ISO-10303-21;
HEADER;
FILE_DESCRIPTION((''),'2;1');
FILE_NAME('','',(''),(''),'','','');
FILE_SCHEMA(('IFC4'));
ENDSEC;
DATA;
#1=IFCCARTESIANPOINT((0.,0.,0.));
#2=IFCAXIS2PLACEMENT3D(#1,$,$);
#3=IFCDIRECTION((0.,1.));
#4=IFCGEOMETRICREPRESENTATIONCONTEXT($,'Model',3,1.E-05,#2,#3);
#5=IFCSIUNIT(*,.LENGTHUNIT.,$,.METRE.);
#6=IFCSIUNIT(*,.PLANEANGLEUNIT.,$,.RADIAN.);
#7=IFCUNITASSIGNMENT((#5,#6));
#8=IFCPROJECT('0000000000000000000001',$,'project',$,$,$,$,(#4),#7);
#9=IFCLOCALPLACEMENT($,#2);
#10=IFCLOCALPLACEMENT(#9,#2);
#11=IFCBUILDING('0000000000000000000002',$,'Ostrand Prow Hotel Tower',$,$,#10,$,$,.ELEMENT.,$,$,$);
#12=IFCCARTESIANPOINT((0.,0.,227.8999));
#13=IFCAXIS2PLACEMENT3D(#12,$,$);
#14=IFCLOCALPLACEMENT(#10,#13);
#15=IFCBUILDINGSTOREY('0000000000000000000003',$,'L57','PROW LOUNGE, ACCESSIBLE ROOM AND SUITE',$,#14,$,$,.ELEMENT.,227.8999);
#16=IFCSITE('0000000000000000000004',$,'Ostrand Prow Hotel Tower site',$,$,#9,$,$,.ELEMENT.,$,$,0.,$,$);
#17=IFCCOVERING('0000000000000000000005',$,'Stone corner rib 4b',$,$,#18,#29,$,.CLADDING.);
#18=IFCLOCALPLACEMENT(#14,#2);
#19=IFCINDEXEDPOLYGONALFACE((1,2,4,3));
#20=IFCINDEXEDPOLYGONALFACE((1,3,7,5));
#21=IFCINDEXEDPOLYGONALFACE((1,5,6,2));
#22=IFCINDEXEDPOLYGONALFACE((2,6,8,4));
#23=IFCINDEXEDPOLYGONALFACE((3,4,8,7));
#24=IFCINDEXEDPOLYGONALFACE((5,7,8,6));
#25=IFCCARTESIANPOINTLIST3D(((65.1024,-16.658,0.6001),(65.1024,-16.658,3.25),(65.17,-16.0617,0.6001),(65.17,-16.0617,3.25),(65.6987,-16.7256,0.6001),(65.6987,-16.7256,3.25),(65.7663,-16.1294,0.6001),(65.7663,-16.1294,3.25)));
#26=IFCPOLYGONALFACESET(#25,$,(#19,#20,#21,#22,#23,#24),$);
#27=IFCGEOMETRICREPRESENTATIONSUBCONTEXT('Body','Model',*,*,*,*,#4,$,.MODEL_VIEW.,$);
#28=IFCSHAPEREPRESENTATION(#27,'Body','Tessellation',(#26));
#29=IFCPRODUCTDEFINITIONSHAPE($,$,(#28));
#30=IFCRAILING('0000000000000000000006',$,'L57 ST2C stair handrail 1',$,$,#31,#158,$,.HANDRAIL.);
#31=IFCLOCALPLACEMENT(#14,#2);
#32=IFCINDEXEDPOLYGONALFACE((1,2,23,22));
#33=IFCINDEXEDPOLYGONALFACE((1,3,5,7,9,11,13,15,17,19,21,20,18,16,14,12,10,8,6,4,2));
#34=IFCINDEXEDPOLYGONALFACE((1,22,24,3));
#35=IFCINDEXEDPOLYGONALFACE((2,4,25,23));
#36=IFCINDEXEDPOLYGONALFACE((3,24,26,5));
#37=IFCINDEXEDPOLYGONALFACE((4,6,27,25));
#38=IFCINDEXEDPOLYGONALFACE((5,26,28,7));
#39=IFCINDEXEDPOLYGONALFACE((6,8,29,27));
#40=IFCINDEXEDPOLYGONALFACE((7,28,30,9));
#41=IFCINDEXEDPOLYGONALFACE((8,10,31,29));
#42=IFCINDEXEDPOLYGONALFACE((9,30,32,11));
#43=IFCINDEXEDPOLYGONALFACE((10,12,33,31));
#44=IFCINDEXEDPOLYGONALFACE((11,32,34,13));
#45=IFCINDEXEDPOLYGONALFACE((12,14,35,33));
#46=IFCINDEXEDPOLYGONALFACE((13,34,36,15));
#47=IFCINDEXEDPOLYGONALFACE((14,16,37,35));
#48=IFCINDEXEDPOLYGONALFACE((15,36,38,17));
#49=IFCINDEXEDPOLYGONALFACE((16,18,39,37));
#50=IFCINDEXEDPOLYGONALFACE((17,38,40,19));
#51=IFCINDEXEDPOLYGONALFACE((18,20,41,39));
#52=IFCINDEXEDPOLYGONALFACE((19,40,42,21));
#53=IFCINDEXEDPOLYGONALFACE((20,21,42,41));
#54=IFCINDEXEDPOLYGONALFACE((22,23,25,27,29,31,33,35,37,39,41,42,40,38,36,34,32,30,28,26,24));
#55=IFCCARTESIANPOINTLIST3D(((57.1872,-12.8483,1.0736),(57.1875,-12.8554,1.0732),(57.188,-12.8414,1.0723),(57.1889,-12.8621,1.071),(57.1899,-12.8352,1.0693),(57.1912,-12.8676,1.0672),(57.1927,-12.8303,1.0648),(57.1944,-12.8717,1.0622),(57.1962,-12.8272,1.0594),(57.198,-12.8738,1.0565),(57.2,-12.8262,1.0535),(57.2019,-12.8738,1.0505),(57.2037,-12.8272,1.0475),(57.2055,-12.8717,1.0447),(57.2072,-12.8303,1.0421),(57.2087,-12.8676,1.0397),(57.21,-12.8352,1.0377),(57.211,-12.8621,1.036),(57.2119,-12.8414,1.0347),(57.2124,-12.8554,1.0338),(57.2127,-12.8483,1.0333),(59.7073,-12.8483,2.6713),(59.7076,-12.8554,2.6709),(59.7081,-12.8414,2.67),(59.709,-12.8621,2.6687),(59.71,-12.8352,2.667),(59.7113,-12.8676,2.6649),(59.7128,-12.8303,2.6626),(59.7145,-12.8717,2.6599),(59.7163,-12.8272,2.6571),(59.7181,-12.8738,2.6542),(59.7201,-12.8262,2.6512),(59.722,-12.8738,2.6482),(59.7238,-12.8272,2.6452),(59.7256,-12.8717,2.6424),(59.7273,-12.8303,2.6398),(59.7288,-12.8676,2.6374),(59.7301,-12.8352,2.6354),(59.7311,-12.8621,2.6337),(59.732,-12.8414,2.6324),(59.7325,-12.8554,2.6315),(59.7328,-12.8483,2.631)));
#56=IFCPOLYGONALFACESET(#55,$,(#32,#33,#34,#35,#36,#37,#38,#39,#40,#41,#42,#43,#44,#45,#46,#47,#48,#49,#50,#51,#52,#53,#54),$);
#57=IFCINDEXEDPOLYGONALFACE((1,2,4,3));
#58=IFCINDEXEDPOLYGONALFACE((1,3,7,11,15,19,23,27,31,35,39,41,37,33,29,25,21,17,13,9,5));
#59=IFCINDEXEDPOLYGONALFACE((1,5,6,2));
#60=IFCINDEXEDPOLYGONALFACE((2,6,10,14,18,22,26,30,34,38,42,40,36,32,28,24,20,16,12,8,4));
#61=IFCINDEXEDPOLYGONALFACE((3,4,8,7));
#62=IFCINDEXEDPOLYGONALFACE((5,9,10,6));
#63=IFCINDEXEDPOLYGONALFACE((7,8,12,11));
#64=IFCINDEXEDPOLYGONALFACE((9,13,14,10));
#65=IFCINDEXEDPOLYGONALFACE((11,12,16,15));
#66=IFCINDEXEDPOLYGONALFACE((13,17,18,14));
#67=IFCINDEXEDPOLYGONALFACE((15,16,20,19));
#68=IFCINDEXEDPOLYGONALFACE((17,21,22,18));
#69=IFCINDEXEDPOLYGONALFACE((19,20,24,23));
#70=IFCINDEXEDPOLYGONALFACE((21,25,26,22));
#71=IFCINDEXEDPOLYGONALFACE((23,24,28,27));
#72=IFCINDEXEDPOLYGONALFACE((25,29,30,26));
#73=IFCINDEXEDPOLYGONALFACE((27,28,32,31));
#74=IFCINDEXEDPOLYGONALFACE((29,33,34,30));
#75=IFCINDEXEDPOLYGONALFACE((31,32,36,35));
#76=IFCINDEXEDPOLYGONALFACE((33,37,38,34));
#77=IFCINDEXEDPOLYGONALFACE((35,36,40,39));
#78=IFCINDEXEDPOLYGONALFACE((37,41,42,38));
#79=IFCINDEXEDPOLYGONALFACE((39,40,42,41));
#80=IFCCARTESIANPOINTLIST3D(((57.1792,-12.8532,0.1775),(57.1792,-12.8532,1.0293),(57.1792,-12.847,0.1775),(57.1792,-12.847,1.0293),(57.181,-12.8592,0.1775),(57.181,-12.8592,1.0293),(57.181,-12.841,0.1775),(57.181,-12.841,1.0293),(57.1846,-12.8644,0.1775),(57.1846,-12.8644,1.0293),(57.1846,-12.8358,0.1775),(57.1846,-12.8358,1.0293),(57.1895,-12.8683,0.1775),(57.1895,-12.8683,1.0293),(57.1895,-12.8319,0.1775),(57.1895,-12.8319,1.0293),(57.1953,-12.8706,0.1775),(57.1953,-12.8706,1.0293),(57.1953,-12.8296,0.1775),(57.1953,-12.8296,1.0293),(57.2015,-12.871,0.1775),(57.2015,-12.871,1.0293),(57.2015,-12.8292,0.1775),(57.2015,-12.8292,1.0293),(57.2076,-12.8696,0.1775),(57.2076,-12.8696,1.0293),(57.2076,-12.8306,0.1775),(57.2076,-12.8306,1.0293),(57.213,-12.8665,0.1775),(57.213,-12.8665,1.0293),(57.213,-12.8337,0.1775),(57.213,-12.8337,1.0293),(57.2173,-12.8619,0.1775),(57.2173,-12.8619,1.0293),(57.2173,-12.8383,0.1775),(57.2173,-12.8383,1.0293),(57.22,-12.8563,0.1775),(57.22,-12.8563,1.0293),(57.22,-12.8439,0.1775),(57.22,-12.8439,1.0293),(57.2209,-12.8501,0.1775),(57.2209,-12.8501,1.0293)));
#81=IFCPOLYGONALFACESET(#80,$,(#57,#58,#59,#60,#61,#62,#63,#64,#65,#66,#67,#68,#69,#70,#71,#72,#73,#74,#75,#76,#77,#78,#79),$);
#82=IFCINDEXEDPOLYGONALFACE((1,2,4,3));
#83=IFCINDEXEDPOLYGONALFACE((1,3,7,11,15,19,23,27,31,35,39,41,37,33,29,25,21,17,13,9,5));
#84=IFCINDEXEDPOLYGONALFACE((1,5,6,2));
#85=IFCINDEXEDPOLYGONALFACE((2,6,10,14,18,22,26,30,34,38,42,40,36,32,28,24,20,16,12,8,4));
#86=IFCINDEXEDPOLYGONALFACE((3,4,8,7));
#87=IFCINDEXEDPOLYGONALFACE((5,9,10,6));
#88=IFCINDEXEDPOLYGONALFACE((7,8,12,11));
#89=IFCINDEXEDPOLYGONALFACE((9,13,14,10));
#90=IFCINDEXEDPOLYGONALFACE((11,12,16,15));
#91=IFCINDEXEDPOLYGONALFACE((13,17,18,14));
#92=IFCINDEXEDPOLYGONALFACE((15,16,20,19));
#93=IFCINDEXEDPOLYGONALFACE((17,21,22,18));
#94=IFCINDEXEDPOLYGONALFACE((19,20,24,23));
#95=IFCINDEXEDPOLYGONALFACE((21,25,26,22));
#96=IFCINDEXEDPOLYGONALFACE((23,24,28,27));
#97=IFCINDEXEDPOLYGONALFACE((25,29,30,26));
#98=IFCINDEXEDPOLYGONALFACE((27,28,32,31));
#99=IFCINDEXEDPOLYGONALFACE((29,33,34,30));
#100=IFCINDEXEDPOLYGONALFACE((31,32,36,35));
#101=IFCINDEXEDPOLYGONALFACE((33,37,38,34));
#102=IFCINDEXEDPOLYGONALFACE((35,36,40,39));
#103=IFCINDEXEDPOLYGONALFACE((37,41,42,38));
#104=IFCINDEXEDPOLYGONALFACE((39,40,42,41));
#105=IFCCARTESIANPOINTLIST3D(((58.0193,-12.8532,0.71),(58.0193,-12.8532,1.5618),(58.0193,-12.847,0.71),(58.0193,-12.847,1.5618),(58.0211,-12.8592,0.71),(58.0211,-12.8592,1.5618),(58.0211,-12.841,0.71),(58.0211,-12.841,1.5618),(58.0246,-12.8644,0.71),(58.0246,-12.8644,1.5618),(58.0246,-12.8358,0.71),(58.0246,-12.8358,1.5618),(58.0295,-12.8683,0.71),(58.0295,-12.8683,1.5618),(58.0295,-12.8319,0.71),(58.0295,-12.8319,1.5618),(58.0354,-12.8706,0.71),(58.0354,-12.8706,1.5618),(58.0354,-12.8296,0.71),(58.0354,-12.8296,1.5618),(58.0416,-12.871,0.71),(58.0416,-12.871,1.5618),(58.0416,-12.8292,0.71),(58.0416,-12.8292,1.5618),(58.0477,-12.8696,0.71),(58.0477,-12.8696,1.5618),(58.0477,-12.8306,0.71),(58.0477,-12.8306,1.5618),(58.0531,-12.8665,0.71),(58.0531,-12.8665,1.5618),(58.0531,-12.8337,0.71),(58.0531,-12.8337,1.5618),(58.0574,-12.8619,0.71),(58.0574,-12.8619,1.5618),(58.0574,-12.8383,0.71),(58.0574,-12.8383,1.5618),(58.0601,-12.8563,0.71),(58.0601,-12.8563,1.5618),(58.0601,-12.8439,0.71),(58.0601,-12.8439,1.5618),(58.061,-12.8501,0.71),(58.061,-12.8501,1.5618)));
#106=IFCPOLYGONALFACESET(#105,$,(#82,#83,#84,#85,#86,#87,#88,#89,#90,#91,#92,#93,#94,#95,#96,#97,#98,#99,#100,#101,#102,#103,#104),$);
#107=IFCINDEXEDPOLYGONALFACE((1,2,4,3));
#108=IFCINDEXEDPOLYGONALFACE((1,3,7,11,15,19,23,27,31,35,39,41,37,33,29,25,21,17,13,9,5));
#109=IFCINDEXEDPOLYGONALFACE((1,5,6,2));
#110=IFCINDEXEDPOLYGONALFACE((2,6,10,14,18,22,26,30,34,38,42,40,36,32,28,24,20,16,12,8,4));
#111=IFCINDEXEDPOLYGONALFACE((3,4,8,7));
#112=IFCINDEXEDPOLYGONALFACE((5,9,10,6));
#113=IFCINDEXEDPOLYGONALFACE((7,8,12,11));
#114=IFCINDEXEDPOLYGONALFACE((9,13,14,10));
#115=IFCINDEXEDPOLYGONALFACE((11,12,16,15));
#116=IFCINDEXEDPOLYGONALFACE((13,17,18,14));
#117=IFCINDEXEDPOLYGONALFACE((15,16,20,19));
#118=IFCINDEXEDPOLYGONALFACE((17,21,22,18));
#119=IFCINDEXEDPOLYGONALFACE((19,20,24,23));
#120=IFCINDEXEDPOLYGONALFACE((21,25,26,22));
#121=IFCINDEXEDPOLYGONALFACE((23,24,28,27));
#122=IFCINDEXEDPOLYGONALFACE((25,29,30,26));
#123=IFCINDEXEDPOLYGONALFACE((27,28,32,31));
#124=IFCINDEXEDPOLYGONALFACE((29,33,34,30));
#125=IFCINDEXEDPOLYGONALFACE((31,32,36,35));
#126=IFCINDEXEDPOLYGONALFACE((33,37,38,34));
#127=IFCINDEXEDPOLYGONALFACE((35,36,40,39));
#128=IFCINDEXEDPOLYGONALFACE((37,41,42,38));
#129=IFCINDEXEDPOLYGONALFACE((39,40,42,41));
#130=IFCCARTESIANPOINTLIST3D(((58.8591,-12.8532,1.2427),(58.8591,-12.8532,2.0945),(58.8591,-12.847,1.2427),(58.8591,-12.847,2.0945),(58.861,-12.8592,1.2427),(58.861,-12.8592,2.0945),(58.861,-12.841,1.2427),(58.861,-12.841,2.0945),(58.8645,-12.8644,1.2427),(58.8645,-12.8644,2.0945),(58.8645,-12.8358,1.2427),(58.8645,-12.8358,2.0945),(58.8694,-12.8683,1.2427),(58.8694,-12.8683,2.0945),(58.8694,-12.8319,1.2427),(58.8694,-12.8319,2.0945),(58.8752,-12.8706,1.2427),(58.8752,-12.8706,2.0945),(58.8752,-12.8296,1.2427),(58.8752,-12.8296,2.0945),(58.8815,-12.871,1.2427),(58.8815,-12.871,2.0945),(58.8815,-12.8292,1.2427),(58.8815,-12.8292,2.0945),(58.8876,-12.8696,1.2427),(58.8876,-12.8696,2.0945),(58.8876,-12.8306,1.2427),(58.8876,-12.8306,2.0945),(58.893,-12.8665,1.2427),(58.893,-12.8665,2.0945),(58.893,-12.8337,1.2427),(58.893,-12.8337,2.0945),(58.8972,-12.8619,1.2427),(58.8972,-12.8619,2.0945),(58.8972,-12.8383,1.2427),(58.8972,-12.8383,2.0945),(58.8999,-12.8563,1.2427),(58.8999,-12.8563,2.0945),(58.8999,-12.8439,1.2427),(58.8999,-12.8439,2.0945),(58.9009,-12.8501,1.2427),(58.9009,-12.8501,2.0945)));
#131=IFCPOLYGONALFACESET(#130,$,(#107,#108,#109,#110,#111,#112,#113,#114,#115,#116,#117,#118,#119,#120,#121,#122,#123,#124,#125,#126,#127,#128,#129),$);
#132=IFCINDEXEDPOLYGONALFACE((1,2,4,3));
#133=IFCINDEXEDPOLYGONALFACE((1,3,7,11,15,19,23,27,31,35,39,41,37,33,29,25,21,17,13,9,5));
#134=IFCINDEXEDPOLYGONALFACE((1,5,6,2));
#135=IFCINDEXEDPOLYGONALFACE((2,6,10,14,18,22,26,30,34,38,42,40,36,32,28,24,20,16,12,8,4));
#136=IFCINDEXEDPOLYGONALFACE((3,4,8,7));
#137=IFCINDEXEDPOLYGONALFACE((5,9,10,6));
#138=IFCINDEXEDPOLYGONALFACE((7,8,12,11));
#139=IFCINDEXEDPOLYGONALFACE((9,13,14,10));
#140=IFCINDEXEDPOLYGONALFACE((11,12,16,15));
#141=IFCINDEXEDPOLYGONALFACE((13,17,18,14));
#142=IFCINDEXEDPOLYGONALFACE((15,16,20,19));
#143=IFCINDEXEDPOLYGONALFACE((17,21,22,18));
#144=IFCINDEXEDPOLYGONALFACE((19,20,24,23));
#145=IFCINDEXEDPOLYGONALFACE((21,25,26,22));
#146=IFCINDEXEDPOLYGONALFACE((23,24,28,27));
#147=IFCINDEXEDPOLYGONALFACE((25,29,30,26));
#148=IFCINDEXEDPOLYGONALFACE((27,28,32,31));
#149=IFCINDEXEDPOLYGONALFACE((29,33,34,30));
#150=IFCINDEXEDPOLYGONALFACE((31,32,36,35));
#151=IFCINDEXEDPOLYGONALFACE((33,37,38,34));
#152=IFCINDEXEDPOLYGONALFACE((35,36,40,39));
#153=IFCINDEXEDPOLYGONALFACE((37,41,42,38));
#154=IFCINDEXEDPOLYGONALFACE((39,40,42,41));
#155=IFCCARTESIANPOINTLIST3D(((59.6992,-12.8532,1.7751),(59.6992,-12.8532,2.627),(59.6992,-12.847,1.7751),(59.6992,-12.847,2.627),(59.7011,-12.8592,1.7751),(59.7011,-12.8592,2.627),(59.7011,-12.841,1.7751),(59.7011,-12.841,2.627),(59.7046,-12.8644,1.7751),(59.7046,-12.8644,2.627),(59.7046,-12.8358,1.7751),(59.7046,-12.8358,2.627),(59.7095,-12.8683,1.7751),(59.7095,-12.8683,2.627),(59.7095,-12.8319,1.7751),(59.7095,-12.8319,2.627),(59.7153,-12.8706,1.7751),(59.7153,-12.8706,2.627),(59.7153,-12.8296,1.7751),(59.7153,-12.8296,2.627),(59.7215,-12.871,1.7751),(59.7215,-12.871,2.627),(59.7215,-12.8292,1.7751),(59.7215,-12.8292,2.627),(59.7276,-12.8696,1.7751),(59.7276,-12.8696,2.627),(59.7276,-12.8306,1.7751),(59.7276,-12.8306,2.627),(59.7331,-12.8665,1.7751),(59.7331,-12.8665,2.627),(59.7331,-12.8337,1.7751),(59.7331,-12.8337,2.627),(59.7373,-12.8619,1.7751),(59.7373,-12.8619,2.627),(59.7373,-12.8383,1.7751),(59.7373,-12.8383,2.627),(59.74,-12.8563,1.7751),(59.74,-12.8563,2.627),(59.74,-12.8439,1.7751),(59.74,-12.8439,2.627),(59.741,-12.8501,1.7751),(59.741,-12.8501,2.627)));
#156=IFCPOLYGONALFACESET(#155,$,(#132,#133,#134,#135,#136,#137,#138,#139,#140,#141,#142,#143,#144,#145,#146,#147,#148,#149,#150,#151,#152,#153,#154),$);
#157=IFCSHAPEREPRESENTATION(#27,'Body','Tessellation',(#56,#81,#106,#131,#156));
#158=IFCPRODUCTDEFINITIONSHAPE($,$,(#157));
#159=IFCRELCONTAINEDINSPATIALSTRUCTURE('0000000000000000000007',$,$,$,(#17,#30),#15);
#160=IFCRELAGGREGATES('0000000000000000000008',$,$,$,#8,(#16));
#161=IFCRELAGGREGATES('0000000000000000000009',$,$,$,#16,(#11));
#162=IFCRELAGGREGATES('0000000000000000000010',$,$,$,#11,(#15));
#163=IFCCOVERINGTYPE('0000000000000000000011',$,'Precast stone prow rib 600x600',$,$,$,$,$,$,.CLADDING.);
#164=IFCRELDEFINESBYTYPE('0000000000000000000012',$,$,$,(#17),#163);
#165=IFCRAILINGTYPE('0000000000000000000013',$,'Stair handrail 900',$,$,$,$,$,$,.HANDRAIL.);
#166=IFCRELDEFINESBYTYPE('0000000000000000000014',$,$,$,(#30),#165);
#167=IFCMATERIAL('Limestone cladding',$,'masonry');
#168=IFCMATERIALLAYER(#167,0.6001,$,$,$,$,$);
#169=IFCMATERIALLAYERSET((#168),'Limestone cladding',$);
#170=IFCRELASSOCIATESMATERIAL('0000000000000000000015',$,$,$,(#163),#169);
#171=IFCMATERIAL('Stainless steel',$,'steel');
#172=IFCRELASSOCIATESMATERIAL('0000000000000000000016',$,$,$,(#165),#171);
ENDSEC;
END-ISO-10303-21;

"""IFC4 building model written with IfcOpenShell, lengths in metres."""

from ifc_helpers import new_model, si_unit, direction, frame, frame_2d, origin, origin_2d, place, context, subcontext, project, spatial, rectangle, circle, extrude, material, layer, layer_set, type_object, element, save


model = new_model("IFC4")

# Units and contexts
model_context = context("Model", 3, precision=1e-05, world=origin(), true_north=direction((0.0, 1.0)))
body_context = subcontext(model_context, "Body", "Model", "MODEL_VIEW")
ifc_project = project(units=[si_unit("LENGTHUNIT", "METRE"), si_unit("PLANEANGLEUNIT", "RADIAN")], contexts=[model_context])

# Site, building, storey
site_placement = place(None, origin())
site = spatial("IfcSite", under=ifc_project, at=site_placement, Name="Ostrand Prow Hotel Tower site", CompositionType="ELEMENT", RefElevation=0.0)
building_placement = place(site_placement, origin())
building = spatial("IfcBuilding", under=site, at=building_placement, Name="Ostrand Prow Hotel Tower", CompositionType="ELEMENT")
storey_placement = place(building_placement, frame((0.0, 0.0, 227.8999)))
storey = spatial("IfcBuildingStorey", under=building, at=storey_placement, Name="L57", Description="PROW LOUNGE, ACCESSIBLE ROOM AND SUITE", CompositionType="ELEMENT", Elevation=227.8999)

# Covering
ifc_material_1 = material(Name="Limestone cladding", Category="masonry")
ifc_layer_1 = layer(ifc_material_1, 0.6001)
ifc_layer_set_1 = layer_set([ifc_layer_1], Name="Limestone cladding")
covering_type = type_object("IfcCoveringType", Name="Precast stone prow rib 600x600", PredefinedType="CLADDING", material=ifc_layer_set_1)
for number, where, z_axis, x_axis, name in (
    (1, (65.1362, -16.3599, 0.6001), (0.0, 0.0, 1.0), (0.993628, -0.112709, 0.0), "Stone corner rib 4b"),
):
    element("IfcCovering", number, at=place(storey_placement, frame(where, z_axis=z_axis, x_axis=x_axis)), inside=storey, type_object=covering_type, Name=name, PredefinedType="CLADDING", context=body_context, shape_type="SweptSolid", body=[
        extrude(rectangle(XDim=0.6001, YDim=0.6001, at=frame_2d((0.3, 0.0))), origin(), (0.0, 0.0, 1.0), 2.6499),
    ])

# Railing
ifc_material_2 = material(Name="Stainless steel", Category="steel")
railing_type = type_object("IfcRailingType", Name="Stair handrail 900", PredefinedType="HANDRAIL", material=ifc_material_2)
railing_placement = place(storey_placement, frame((57.2, -12.8501, 0.1775)))
element("IfcRailing", 2, at=railing_placement, inside=storey, type_object=railing_type, Name="L57 ST2C stair handrail 1", PredefinedType="HANDRAIL", context=body_context, shape_type="SweptSolid", body=[
    extrude(circle(Radius=0.0239, at=origin_2d()), frame((0.0, 0.0, 0.876), z_axis=(0.84457, 0.0, 0.535445), x_axis=(0.0, 1.0, 0.0)), (0.0, 0.0, 1.0), 2.9839),
    extrude(circle(Radius=0.021, at=origin_2d()), origin(), (0.0, 0.0, 1.0), 0.8518),
    extrude(circle(Radius=0.021, at=origin_2d()), frame((0.8401, 0.0, 0.5325)), (0.0, 0.0, 1.0), 0.8518),
    extrude(circle(Radius=0.021, at=origin_2d()), frame((1.6799, 0.0, 1.0652)), (0.0, 0.0, 1.0), 0.8518),
    extrude(circle(Radius=0.021, at=origin_2d()), frame((2.52, 0.0, 1.5977)), (0.0, 0.0, 1.0), 0.8518),
])

save(model, "model.ifc")
